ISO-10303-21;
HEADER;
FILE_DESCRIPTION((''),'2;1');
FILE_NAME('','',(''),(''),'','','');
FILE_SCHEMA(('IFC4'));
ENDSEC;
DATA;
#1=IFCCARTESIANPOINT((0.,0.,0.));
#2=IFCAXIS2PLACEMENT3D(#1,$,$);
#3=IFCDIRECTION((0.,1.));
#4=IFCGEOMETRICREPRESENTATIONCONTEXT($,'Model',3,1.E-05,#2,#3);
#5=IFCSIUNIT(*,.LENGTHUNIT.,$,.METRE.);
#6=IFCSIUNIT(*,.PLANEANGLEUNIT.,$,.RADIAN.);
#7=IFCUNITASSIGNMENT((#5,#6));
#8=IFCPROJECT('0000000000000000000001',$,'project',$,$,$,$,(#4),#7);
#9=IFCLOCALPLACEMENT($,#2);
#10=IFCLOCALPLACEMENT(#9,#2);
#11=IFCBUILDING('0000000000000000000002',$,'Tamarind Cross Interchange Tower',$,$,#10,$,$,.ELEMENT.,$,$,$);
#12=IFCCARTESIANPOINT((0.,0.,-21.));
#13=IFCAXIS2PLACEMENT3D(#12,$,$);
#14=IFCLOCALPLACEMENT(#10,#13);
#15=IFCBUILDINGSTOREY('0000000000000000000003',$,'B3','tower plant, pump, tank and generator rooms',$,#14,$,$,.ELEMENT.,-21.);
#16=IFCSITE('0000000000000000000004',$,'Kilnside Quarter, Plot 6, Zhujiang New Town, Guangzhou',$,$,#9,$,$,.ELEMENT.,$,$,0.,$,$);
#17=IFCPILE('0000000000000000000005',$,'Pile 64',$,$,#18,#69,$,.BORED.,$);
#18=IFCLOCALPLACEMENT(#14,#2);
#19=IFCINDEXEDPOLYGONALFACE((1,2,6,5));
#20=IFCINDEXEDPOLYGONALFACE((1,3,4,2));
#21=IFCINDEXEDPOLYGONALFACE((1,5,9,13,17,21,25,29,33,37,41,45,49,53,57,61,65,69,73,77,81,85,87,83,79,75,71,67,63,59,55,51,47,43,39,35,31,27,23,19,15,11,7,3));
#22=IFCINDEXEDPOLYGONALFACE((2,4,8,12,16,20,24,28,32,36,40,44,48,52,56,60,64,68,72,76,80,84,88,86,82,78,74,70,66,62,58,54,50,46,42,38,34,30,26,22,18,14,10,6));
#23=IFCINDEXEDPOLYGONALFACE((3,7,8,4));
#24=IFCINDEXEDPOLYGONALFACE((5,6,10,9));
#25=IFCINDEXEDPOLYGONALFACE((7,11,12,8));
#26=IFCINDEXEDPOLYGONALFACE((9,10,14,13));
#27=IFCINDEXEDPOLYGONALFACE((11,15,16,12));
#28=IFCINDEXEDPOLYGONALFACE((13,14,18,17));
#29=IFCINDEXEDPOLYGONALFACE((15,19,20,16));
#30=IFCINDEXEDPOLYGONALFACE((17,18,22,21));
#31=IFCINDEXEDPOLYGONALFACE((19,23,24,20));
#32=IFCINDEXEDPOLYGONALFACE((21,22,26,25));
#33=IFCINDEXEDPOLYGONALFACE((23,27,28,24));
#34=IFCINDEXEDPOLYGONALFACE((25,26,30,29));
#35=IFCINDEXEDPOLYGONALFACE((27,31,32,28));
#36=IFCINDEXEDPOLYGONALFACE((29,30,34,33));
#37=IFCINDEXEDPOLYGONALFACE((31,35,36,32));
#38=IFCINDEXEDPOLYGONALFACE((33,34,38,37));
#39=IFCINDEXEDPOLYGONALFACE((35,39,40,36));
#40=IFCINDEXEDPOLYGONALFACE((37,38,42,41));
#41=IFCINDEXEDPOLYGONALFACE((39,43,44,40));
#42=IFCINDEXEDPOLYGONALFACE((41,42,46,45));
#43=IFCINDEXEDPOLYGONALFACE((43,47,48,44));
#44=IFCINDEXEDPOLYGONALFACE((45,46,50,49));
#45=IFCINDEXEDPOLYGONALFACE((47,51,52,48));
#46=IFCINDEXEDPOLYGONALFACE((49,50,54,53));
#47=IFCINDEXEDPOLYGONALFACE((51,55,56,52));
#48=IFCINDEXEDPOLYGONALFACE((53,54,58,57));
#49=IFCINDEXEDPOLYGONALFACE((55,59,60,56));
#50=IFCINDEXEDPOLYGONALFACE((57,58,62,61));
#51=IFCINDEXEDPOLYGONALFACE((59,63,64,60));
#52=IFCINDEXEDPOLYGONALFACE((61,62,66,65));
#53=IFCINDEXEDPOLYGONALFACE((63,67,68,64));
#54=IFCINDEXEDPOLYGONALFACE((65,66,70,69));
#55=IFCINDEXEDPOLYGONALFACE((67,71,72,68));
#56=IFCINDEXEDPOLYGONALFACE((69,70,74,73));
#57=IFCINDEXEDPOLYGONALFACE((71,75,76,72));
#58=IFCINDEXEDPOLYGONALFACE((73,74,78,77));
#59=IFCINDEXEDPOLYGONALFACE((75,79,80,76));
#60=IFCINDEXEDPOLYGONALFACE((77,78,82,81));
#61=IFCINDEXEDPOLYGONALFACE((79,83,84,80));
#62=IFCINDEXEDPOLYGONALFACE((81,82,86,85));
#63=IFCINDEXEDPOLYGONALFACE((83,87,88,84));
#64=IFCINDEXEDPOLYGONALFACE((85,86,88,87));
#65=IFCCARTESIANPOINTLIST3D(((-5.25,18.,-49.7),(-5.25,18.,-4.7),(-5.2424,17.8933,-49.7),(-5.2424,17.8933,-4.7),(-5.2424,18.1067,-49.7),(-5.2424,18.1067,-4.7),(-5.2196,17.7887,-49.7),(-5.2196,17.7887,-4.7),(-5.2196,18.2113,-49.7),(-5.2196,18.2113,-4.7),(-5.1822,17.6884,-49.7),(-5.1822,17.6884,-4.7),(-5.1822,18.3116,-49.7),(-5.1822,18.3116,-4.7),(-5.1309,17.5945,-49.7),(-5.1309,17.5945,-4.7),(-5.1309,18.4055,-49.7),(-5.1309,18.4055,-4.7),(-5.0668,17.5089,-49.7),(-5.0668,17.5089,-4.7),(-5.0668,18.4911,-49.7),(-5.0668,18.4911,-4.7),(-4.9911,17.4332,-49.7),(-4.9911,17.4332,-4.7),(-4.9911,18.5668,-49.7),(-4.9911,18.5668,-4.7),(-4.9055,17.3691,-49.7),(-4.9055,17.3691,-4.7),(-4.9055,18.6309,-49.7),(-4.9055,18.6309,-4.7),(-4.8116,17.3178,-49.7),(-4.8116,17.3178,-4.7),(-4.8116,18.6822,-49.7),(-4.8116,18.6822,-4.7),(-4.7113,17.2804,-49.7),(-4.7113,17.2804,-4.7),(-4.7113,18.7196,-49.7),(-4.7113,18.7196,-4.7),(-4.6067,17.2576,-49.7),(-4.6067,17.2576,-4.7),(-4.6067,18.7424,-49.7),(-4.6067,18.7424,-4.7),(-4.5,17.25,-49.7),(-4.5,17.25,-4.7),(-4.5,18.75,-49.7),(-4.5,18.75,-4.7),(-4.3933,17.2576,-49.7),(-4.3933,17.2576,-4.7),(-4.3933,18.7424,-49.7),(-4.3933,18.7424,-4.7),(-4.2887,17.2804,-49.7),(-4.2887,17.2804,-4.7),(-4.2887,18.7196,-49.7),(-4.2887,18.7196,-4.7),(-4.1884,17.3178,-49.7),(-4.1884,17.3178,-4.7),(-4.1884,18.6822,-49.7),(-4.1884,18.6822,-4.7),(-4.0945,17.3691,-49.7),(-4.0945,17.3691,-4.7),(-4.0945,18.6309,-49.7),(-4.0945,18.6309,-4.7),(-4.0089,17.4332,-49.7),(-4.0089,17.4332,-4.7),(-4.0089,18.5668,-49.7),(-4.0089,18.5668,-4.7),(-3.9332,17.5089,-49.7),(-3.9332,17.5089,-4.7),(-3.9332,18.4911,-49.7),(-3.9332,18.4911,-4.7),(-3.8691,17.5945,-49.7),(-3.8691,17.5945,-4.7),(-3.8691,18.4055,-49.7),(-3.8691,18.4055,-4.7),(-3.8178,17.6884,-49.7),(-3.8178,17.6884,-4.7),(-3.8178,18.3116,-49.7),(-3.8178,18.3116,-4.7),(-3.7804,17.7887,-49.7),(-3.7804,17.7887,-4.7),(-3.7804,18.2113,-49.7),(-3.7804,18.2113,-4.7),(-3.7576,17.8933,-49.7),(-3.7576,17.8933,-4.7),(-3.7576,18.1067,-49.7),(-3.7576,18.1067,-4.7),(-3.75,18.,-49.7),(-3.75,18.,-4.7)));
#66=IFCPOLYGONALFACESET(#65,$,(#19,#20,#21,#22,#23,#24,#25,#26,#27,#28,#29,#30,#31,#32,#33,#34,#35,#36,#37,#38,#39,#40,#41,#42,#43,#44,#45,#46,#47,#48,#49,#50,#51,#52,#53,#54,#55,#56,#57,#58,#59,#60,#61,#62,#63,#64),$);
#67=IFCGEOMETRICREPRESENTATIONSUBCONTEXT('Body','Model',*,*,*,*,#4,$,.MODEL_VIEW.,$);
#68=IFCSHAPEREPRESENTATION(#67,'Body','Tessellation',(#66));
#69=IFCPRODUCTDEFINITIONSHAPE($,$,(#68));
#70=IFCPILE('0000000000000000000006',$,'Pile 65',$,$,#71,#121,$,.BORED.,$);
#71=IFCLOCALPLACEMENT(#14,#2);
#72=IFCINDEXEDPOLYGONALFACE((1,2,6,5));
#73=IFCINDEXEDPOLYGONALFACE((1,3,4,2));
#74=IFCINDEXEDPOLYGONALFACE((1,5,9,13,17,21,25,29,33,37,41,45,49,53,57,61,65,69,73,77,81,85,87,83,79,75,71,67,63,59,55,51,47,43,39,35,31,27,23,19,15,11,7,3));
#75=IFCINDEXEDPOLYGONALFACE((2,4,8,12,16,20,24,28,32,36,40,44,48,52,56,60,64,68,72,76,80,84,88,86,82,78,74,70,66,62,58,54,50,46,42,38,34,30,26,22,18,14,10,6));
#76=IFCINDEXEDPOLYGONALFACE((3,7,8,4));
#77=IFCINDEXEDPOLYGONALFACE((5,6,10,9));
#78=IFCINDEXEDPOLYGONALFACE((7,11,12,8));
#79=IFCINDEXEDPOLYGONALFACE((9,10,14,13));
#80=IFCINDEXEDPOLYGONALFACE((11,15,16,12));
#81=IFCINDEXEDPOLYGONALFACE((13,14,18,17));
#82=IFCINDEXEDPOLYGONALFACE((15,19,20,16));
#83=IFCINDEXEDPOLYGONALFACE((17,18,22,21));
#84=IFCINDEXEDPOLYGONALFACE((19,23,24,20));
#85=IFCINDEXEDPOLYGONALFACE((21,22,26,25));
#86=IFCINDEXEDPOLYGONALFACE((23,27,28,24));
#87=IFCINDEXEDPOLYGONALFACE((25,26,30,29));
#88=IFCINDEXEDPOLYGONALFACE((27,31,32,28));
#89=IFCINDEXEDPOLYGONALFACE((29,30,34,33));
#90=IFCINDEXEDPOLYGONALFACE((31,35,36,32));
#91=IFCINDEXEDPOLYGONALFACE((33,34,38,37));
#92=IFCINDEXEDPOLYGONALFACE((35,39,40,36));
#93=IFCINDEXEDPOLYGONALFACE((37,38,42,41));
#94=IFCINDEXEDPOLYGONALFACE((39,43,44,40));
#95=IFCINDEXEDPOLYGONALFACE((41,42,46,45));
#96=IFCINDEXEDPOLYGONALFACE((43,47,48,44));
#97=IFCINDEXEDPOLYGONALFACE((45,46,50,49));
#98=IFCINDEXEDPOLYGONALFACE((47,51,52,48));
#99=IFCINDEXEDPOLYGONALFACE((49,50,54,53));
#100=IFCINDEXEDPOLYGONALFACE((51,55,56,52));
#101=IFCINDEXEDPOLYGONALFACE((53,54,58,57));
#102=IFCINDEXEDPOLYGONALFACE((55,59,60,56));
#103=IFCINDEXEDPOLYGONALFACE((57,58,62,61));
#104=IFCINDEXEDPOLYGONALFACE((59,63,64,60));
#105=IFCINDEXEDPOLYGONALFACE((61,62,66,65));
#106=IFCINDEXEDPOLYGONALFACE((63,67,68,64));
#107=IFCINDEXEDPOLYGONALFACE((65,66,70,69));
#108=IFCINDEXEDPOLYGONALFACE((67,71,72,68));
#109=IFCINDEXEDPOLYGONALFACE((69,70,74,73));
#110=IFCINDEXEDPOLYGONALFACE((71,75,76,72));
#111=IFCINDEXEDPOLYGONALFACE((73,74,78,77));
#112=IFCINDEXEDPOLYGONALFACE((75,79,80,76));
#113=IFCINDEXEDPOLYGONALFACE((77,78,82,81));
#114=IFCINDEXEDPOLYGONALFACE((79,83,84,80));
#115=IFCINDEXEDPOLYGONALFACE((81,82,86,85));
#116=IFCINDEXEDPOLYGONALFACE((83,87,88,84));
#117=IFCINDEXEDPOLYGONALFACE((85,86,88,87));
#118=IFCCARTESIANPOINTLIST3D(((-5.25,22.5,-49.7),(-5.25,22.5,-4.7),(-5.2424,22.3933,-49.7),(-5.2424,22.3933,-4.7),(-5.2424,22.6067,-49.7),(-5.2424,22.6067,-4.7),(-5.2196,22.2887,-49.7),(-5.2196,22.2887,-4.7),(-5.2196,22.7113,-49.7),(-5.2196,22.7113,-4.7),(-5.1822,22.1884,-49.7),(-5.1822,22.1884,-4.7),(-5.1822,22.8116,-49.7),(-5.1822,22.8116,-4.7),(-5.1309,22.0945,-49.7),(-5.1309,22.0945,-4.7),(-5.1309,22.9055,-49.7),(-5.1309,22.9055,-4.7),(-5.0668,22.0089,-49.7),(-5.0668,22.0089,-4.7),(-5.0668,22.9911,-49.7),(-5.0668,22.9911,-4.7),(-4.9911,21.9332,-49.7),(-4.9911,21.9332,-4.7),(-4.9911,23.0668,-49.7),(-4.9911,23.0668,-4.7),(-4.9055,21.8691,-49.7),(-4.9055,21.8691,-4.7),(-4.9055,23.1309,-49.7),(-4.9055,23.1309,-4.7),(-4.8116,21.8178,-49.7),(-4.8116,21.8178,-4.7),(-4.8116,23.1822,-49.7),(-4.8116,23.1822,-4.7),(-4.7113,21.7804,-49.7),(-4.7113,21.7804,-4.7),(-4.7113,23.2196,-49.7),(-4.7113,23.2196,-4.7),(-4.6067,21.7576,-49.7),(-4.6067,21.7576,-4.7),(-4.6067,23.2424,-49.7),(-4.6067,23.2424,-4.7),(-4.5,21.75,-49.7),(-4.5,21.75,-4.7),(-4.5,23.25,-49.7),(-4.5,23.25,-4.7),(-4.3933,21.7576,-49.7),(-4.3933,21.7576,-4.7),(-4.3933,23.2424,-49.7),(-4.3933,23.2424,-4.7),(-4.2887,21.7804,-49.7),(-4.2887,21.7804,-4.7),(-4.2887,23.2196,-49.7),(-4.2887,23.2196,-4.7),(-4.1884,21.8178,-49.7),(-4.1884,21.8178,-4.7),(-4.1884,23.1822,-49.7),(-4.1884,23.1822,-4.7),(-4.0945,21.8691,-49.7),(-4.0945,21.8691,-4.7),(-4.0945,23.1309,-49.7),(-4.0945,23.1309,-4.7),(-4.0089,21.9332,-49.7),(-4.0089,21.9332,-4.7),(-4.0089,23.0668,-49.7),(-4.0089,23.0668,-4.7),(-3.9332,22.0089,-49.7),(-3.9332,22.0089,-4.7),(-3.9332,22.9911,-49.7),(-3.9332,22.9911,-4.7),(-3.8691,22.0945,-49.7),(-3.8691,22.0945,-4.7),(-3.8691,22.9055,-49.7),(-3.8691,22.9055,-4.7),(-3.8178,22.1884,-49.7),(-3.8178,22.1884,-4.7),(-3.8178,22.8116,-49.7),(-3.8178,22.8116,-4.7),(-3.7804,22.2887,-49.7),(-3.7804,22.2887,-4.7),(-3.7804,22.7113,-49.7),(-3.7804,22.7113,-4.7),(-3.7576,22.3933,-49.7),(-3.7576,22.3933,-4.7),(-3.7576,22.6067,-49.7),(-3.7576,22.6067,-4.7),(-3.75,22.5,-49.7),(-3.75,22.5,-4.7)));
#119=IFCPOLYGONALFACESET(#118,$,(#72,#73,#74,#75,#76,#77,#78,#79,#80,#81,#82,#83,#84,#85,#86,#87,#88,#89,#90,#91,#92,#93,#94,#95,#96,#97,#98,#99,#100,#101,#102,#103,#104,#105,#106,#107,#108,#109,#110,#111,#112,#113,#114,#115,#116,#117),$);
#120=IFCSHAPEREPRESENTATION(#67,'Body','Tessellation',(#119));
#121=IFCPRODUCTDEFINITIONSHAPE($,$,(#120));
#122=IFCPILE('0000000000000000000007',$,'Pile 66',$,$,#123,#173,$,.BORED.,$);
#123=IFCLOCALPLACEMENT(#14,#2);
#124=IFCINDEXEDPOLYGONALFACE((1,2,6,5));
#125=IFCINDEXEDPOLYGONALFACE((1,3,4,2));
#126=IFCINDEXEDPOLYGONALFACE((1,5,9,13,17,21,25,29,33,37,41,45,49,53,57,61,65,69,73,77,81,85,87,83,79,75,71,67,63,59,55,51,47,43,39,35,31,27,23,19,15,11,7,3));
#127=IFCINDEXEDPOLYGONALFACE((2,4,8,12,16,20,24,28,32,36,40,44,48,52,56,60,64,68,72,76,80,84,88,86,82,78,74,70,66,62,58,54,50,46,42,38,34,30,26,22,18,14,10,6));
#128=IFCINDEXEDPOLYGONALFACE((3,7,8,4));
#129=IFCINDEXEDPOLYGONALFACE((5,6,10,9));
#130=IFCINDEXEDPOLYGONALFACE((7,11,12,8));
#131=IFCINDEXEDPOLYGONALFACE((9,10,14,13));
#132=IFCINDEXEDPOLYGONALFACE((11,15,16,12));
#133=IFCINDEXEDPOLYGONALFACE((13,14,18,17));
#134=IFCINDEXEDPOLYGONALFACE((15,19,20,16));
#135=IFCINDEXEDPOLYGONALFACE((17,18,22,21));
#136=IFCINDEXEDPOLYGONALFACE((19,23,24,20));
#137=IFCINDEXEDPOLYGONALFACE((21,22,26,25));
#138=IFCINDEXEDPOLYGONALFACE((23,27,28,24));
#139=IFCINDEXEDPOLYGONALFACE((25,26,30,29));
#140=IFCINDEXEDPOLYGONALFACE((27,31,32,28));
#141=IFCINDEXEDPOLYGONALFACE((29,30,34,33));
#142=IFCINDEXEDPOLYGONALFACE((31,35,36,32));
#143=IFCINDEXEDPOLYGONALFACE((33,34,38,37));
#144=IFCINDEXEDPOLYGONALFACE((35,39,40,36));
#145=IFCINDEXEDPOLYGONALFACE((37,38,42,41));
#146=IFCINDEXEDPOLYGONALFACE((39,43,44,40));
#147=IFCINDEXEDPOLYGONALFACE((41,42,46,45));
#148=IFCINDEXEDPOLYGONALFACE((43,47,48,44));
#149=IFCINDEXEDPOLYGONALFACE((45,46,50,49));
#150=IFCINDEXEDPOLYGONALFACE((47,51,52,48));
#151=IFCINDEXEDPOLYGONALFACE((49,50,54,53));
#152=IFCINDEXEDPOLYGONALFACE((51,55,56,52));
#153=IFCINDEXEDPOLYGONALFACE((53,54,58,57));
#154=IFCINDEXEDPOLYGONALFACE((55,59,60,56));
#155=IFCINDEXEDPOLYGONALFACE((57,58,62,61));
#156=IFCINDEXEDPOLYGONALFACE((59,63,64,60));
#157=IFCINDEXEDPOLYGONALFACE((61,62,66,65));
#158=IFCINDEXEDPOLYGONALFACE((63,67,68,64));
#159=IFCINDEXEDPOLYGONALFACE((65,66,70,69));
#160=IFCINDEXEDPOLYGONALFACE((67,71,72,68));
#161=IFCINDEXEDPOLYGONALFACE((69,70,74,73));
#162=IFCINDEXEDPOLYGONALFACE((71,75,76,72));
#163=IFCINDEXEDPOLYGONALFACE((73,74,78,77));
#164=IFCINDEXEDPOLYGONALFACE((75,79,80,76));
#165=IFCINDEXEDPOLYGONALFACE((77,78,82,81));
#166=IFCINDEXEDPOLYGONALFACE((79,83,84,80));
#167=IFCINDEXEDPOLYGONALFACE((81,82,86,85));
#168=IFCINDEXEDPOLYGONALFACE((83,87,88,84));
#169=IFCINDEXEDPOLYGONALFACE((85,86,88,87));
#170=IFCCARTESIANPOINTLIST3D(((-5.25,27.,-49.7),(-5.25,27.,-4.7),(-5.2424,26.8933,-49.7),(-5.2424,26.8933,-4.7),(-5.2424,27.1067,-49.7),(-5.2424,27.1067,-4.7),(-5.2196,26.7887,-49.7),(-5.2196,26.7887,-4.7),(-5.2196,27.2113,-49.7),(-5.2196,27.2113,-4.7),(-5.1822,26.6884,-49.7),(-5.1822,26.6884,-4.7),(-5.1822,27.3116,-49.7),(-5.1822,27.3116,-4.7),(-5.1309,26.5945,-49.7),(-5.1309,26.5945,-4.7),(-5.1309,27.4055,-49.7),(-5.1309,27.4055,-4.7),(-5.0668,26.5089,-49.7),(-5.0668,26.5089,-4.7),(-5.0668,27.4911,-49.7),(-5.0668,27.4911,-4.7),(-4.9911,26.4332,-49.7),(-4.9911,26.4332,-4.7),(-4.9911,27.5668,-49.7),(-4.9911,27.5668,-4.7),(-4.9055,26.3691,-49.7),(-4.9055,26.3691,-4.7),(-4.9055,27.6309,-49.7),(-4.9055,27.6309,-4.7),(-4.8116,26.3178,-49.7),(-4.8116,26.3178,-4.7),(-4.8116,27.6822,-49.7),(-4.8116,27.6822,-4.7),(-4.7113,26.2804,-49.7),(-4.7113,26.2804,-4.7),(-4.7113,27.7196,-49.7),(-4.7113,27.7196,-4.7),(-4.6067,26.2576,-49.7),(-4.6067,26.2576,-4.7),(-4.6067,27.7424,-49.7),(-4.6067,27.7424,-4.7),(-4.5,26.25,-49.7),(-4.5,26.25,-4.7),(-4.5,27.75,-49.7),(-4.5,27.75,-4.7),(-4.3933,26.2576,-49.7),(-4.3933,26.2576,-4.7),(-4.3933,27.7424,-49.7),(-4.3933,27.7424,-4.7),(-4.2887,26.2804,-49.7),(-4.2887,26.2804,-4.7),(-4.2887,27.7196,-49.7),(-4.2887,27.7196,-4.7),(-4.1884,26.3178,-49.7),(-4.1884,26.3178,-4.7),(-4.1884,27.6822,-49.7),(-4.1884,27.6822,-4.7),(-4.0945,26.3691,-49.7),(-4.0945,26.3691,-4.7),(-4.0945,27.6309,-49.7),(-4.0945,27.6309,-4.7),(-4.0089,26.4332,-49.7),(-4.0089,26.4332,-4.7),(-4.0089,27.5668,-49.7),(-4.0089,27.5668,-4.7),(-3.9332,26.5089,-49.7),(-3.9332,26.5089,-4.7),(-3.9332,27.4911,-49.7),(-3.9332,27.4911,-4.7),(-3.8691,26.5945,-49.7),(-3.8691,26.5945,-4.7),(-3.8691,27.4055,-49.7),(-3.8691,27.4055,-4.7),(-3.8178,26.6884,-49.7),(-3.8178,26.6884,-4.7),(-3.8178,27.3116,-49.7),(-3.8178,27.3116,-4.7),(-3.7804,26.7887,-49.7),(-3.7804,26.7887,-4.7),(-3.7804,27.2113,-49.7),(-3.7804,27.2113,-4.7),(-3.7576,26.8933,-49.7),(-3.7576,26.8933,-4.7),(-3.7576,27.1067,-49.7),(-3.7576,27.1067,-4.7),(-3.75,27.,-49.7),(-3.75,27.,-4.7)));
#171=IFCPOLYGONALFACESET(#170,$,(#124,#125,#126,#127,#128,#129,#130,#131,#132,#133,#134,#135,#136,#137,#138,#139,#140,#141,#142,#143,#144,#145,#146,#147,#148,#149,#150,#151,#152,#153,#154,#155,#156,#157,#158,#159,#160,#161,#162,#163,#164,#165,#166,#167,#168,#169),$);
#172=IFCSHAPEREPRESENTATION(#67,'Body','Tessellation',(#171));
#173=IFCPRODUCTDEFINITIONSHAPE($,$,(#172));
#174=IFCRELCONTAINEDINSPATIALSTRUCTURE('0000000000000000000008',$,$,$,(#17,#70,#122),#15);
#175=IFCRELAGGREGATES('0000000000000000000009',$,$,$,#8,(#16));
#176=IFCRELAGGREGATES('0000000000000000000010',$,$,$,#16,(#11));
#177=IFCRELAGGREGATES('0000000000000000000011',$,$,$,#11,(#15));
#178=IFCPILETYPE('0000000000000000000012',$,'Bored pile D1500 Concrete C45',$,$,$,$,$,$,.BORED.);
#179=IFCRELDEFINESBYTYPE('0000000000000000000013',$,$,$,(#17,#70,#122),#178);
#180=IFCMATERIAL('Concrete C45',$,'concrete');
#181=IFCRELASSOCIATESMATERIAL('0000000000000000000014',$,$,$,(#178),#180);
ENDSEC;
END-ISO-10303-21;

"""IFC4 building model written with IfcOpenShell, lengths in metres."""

from ifc_helpers import new_model, si_unit, direction, frame, origin, origin_2d, place, context, subcontext, project, spatial, circle, extrude, material, material_profile, profile_set, type_object, element, save


model = new_model("IFC4")

# Units and contexts
model_context = context("Model", 3, precision=1e-05, world=origin(), true_north=direction((0.0, 1.0)))
body_context = subcontext(model_context, "Body", "Model", "MODEL_VIEW")
ifc_project = project(units=[si_unit("LENGTHUNIT", "METRE"), si_unit("PLANEANGLEUNIT", "RADIAN")], contexts=[model_context])

# Site, building, storey
site_placement = place(None, origin())
site = spatial("IfcSite", under=ifc_project, at=site_placement, Name="Kilnside Quarter, Plot 6, Zhujiang New Town, Guangzhou", CompositionType="ELEMENT", RefElevation=0.0)
building_placement = place(site_placement, origin())
building = spatial("IfcBuilding", under=site, at=building_placement, Name="Tamarind Cross Interchange Tower", CompositionType="ELEMENT")
storey_placement = place(building_placement, frame((0.0, 0.0, -21.0)))
storey = spatial("IfcBuildingStorey", under=building, at=storey_placement, Name="B3", Description="tower plant, pump, tank and generator rooms", CompositionType="ELEMENT", Elevation=-21.0)

# Piles
ifc_material_1 = material(Name="Concrete C45", Category="concrete")
ifc_material_profile_1 = material_profile(ifc_material_1, circle(Radius=0.75, at=origin_2d()), Name="RC D1500")
ifc_profile_set_1 = profile_set([ifc_material_profile_1], Name="Concrete C45")
pile_type = type_object("IfcPileType", Name="Bored pile D1500 Concrete C45", PredefinedType="BORED", material=ifc_profile_set_1)
for number, where, z_axis, x_axis, name in (
    (1, (-4.5, 18.0, -4.7), (0.0, 0.0, -1.0), (1.0, 0.0, 0.0), "Pile 64"),
    (2, (-4.5, 22.5, -4.7), (0.0, 0.0, -1.0), (1.0, 0.0, 0.0), "Pile 65"),
    (3, (-4.5, 27.0, -4.7), (0.0, 0.0, -1.0), (1.0, 0.0, 0.0), "Pile 66"),
):
    element("IfcPile", number, at=place(storey_placement, frame(where, z_axis=z_axis, x_axis=x_axis)), inside=storey, type_object=pile_type, Name=name, PredefinedType="BORED", context=body_context, shape_type="SweptSolid", body=[
        extrude(circle(Radius=0.75, at=origin_2d()), origin(), (0.0, 0.0, 1.0), 45.0),
    ])

save(model, "model.ifc")
